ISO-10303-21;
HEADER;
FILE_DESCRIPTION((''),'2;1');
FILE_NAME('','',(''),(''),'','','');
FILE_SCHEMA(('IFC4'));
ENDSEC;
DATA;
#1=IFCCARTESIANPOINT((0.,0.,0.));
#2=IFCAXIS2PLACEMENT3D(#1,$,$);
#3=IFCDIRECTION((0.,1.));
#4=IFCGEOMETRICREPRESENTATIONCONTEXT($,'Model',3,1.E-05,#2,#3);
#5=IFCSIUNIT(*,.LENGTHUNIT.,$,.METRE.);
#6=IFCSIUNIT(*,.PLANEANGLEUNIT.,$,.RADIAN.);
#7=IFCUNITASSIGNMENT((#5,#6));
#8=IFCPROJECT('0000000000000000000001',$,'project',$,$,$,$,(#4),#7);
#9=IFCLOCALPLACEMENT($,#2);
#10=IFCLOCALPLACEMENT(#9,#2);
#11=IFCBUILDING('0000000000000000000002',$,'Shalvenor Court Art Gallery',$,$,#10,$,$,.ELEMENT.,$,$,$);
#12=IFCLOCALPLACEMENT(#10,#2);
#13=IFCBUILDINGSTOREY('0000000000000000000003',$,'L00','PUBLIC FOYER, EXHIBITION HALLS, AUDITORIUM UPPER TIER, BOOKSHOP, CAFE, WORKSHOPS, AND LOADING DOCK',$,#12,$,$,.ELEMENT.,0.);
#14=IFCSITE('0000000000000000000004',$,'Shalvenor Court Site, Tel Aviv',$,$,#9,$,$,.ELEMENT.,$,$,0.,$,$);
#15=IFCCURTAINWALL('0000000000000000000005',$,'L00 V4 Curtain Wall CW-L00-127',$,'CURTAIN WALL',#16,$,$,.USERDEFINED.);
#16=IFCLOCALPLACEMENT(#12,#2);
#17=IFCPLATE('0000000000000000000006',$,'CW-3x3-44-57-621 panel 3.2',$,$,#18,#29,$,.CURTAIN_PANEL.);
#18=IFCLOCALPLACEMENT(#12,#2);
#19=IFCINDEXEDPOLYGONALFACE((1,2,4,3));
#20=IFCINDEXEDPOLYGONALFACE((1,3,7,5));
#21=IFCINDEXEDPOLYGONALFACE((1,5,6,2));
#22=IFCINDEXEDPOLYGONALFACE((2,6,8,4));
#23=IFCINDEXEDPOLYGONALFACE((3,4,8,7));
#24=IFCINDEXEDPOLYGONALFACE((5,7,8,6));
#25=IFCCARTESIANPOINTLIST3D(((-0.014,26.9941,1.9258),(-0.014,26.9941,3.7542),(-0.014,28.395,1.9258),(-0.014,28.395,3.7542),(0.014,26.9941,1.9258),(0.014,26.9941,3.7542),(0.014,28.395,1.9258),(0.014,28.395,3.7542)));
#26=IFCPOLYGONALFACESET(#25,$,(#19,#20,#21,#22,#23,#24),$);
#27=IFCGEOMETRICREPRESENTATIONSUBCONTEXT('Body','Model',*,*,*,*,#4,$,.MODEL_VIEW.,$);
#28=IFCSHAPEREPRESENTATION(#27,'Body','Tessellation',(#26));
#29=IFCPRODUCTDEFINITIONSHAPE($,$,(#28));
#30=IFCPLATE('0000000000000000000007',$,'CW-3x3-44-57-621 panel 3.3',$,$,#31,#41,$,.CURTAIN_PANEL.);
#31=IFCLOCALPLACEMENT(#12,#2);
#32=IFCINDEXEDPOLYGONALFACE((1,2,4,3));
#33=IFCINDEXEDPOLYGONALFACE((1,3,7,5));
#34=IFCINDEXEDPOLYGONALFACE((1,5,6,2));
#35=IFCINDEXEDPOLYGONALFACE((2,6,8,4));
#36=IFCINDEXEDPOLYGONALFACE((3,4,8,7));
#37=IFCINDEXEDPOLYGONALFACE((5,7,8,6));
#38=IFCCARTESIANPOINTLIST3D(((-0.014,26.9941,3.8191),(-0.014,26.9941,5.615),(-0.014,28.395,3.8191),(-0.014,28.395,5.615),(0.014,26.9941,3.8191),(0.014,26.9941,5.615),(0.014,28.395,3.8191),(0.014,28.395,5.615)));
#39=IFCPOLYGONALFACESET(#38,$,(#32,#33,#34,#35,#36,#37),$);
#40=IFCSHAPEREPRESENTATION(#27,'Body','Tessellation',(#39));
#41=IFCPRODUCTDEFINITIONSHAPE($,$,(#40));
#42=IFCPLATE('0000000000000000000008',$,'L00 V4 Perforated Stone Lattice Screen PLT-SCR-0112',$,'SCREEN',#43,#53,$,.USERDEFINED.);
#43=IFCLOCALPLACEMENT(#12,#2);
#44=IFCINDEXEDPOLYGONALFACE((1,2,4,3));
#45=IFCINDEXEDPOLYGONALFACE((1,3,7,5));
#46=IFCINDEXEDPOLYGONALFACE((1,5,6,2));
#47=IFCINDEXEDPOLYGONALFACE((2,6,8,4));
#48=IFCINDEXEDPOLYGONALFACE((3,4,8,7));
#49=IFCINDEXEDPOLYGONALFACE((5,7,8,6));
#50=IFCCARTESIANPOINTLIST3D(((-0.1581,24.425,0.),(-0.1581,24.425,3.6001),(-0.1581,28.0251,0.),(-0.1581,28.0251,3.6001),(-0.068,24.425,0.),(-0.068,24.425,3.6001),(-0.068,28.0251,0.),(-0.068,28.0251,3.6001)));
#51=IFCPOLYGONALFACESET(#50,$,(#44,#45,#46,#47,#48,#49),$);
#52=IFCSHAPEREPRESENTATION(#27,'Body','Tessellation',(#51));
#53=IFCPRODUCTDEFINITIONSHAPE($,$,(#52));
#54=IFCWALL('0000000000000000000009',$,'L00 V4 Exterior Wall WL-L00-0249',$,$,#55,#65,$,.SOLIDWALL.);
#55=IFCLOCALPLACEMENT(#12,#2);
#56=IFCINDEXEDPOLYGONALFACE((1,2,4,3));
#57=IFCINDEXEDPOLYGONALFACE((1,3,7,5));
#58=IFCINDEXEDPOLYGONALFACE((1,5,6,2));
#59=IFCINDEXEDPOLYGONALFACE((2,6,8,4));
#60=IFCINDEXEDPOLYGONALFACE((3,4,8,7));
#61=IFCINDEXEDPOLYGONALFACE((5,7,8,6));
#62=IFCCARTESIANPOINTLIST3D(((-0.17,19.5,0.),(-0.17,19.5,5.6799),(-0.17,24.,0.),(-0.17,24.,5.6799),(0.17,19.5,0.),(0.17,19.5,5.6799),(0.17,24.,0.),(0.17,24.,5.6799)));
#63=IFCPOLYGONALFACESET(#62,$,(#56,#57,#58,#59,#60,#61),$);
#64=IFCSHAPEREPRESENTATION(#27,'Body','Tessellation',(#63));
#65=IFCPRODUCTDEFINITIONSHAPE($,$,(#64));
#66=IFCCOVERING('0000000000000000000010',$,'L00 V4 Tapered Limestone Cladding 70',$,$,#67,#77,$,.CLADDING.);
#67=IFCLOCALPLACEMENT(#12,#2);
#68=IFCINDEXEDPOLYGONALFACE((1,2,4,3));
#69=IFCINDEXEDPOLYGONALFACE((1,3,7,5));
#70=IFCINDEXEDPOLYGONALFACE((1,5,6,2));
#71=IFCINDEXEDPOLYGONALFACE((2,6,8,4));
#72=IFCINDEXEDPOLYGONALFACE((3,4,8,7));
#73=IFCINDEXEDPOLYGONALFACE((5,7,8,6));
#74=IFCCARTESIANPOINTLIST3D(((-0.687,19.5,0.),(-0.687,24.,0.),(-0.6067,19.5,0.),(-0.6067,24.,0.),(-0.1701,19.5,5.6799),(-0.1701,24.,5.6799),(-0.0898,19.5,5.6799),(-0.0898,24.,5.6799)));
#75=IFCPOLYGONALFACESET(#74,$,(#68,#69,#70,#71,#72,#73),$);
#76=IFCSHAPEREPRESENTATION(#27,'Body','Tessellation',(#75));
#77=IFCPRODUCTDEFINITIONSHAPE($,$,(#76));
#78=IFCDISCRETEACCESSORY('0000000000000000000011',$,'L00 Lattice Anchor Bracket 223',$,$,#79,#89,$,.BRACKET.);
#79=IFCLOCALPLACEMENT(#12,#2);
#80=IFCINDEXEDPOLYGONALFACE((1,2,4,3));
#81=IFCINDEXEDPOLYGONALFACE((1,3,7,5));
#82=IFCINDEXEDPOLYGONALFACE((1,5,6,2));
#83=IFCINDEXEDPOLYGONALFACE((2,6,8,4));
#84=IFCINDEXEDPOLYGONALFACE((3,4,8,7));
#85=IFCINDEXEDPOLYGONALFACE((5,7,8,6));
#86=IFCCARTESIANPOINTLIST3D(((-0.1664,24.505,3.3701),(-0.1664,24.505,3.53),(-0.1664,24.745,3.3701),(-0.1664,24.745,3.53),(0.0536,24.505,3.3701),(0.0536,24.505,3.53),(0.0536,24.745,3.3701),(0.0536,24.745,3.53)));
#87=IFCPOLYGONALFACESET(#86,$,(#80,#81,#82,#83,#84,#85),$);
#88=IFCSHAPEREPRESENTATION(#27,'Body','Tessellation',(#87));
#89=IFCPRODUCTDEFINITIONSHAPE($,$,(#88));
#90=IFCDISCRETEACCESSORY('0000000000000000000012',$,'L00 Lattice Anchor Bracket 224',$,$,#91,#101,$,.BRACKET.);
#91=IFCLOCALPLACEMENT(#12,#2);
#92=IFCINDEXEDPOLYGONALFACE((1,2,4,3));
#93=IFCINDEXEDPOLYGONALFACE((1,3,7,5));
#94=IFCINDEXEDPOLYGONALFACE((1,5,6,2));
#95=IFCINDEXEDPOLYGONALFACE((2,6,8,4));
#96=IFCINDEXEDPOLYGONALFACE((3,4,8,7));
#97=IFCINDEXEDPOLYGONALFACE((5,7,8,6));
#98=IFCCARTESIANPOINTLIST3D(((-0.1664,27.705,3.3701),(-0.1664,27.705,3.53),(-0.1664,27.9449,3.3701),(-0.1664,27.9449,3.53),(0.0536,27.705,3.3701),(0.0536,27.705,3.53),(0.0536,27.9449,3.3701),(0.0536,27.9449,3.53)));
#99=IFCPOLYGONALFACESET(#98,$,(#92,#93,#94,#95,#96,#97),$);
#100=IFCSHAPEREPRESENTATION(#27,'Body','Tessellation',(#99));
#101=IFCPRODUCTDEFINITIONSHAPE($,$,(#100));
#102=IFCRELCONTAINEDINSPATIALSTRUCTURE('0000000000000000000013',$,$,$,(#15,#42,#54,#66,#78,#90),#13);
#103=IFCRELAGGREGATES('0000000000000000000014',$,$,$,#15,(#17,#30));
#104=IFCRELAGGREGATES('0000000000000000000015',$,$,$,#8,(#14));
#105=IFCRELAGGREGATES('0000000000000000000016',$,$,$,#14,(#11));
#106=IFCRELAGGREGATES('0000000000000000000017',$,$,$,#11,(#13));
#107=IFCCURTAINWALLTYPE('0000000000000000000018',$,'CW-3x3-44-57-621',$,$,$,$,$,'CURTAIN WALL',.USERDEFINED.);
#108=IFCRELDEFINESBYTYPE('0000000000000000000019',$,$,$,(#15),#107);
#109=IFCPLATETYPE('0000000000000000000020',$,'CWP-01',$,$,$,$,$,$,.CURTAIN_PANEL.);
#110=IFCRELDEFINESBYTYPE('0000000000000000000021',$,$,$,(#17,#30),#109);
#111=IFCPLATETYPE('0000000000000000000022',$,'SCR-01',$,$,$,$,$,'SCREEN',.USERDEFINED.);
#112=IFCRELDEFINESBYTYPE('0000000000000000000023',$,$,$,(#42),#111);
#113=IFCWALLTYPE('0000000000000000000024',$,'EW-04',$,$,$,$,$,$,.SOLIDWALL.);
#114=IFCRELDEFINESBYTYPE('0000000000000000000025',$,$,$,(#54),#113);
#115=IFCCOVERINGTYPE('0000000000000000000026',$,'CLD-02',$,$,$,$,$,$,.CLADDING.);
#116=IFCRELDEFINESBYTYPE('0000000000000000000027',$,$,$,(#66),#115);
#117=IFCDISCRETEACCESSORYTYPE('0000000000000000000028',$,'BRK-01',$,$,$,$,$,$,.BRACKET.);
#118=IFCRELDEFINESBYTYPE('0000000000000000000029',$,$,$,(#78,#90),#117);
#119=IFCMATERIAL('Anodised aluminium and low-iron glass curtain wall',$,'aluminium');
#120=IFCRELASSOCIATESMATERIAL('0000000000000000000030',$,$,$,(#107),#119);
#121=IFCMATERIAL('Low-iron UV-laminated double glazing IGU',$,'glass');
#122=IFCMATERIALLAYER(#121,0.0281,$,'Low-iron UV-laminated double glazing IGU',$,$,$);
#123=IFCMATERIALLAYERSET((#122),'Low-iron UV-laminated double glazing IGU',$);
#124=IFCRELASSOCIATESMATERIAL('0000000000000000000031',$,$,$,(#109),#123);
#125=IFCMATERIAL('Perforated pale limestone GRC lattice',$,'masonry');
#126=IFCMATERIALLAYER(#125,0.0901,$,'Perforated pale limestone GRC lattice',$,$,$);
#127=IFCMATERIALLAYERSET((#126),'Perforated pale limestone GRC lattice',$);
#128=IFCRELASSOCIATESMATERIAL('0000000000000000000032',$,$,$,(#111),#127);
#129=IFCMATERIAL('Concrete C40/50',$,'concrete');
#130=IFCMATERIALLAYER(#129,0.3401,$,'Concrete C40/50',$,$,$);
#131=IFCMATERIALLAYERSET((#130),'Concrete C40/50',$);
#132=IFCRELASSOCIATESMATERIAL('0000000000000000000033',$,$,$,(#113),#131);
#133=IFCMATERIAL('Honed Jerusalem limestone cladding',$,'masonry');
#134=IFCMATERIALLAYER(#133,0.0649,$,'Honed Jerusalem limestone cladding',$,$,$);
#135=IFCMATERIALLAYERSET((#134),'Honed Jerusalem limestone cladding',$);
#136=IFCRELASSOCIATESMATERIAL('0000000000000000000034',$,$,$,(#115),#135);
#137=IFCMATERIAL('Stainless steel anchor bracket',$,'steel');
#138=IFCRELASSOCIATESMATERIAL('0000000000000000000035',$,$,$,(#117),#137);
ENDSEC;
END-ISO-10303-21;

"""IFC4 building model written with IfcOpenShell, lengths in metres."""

from ifc_helpers import new_model, si_unit, direction, frame, frame_2d, origin, origin_2d, place, context, subcontext, project, spatial, polyline, rectangle, outline, extrude, material, layer, layer_set, type_object, element, aggregate, save


model = new_model("IFC4")

# Units and contexts
model_context = context("Model", 3, precision=1e-05, world=origin(), true_north=direction((0.0, 1.0)))
body_context = subcontext(model_context, "Body", "Model", "MODEL_VIEW")
ifc_project = project(units=[si_unit("LENGTHUNIT", "METRE"), si_unit("PLANEANGLEUNIT", "RADIAN")], contexts=[model_context])

# Site, building, storey
site_placement = place(None, origin())
site = spatial("IfcSite", under=ifc_project, at=site_placement, Name="Shalvenor Court Site, Tel Aviv", CompositionType="ELEMENT", RefElevation=0.0)
building_placement = place(site_placement, origin())
building = spatial("IfcBuilding", under=site, at=building_placement, Name="Shalvenor Court Art Gallery", CompositionType="ELEMENT")
storey_placement = place(building_placement, origin())
storey = spatial("IfcBuildingStorey", under=building, at=storey_placement, Name="L00", Description="PUBLIC FOYER, EXHIBITION HALLS, AUDITORIUM UPPER TIER, BOOKSHOP, CAFE, WORKSHOPS, AND LOADING DOCK", CompositionType="ELEMENT", Elevation=0.0)

# Curtain wall
ifc_material_1 = material(Name="Anodised aluminium and low-iron glass curtain wall", Category="aluminium")
curtain_wall_type_1 = type_object("IfcCurtainWallType", Name="CW-3x3-44-57-621", ElementType="CURTAIN WALL", PredefinedType="USERDEFINED", material=ifc_material_1)
curtain_wall_1_placement = place(storey_placement, origin())
curtain_wall_1 = element("IfcCurtainWall", 1, at=curtain_wall_1_placement, inside=storey, type_object=curtain_wall_type_1, Name="L00 V4 Curtain Wall CW-L00-127", ObjectType="CURTAIN WALL", PredefinedType="USERDEFINED")

# Plates
ifc_material_2 = material(Name="Low-iron UV-laminated double glazing IGU", Category="glass")
ifc_layer_1 = layer(ifc_material_2, 0.0281, Name="Low-iron UV-laminated double glazing IGU")
ifc_layer_set_1 = layer_set([ifc_layer_1], Name="Low-iron UV-laminated double glazing IGU")
plate_type_1 = type_object("IfcPlateType", Name="CWP-01", PredefinedType="CURTAIN_PANEL", material=ifc_layer_set_1)
plate_1_placement = place(storey_placement, frame((0.0, 27.6946, 1.9258), z_axis=(0.0, 0.0, 1.0), x_axis=(0.0, 1.0, 0.0)))
plate_1 = element("IfcPlate", 2, at=plate_1_placement, type_object=plate_type_1, Name="CW-3x3-44-57-621 panel 3.2", PredefinedType="CURTAIN_PANEL", context=body_context, shape_type="SweptSolid", body=[
    extrude(rectangle(XDim=1.4009, YDim=0.0281, at=origin_2d()), origin(), (0.0, 0.0, 1.0), 1.8284),
])
plate_2_placement = place(storey_placement, frame((0.0, 27.6946, 3.8191), z_axis=(0.0, 0.0, 1.0), x_axis=(0.0, 1.0, 0.0)))
plate_2 = element("IfcPlate", 3, at=plate_2_placement, type_object=plate_type_1, Name="CW-3x3-44-57-621 panel 3.3", PredefinedType="CURTAIN_PANEL", context=body_context, shape_type="SweptSolid", body=[
    extrude(rectangle(XDim=1.4009, YDim=0.0281, at=origin_2d()), origin(), (0.0, 0.0, 1.0), 1.7959),
])
aggregate(curtain_wall_1, [plate_1, plate_2])
ifc_material_3 = material(Name="Perforated pale limestone GRC lattice", Category="masonry")
ifc_layer_2 = layer(ifc_material_3, 0.0901, Name="Perforated pale limestone GRC lattice")
ifc_layer_set_2 = layer_set([ifc_layer_2], Name="Perforated pale limestone GRC lattice")
plate_type_2 = type_object("IfcPlateType", Name="SCR-01", ElementType="SCREEN", PredefinedType="USERDEFINED", material=ifc_layer_set_2)
plate_3_placement = place(storey_placement, frame((-0.113, 26.2251, 0.0), z_axis=(0.0, 0.0, 1.0), x_axis=(0.0, 1.0, 0.0)))
element("IfcPlate", 4, at=plate_3_placement, inside=storey, type_object=plate_type_2, Name="L00 V4 Perforated Stone Lattice Screen PLT-SCR-0112", ObjectType="SCREEN", PredefinedType="USERDEFINED", context=body_context, shape_type="SweptSolid", body=[
    extrude(rectangle(XDim=3.6001, YDim=0.0901, at=origin_2d()), origin(), (0.0, 0.0, 1.0), 3.6001),
])

# Wall
ifc_material_4 = material(Name="Concrete C40/50", Category="concrete")
ifc_layer_3 = layer(ifc_material_4, 0.3401, Name="Concrete C40/50")
ifc_layer_set_3 = layer_set([ifc_layer_3], Name="Concrete C40/50")
wall_type = type_object("IfcWallType", Name="EW-04", PredefinedType="SOLIDWALL", material=ifc_layer_set_3)
wall_placement = place(storey_placement, frame((0.0, 19.5, 0.0), z_axis=(0.0, 0.0, 1.0), x_axis=(0.0, 1.0, 0.0)))
element("IfcWall", 5, at=wall_placement, inside=storey, type_object=wall_type, Name="L00 V4 Exterior Wall WL-L00-0249", PredefinedType="SOLIDWALL", context=body_context, shape_type="SweptSolid", body=[
    extrude(rectangle(XDim=4.5, YDim=0.3401, at=frame_2d((2.25, 0.0))), origin(), (0.0, 0.0, 1.0), 5.6799),
])

# Covering
ifc_material_5 = material(Name="Honed Jerusalem limestone cladding", Category="masonry")
ifc_layer_4 = layer(ifc_material_5, 0.0649, Name="Honed Jerusalem limestone cladding")
ifc_layer_set_4 = layer_set([ifc_layer_4], Name="Honed Jerusalem limestone cladding")
covering_type = type_object("IfcCoveringType", Name="CLD-02", PredefinedType="CLADDING", material=ifc_layer_set_4)
covering_placement = place(storey_placement, frame((-0.687, 24.0, 0.0), z_axis=(0.0, 0.0, 1.0), x_axis=(0.0, -1.0, 0.0)))
element("IfcCovering", 6, at=covering_placement, inside=storey, type_object=covering_type, Name="L00 V4 Tapered Limestone Cladding 70", PredefinedType="CLADDING", context=body_context, shape_type="SweptSolid", body=[
    extrude(outline(polyline([(0.0, 0.0), (4.5, 0.0), (4.5, 5.7034), (0.0, 5.7034), (0.0, 0.0)])), frame((0.0, 0.0, 0.0), z_axis=(0.0, -0.995884, 0.090633), x_axis=(1.0, 0.0, 0.0)), (0.0, 0.090633, -0.995884), 0.0803),
])

# Discrete accessories
ifc_material_6 = material(Name="Stainless steel anchor bracket", Category="steel")
discrete_accessory_type = type_object("IfcDiscreteAccessoryType", Name="BRK-01", PredefinedType="BRACKET", material=ifc_material_6)
for number, where, z_axis, x_axis, name in (
    (7, (-0.0564, 24.625, 3.3701), (0.0, 0.0, 1.0), (0.0, 1.0, 0.0), "L00 Lattice Anchor Bracket 223"),
    (8, (-0.0564, 27.825, 3.3701), (0.0, 0.0, 1.0), (0.0, 1.0, 0.0), "L00 Lattice Anchor Bracket 224"),
):
    element("IfcDiscreteAccessory", number, at=place(storey_placement, frame(where, z_axis=z_axis, x_axis=x_axis)), inside=storey, type_object=discrete_accessory_type, Name=name, PredefinedType="BRACKET", context=body_context, shape_type="SweptSolid", body=[
        extrude(rectangle(XDim=0.24, YDim=0.22, at=origin_2d()), origin(), (0.0, 0.0, 1.0), 0.1599),
    ])

save(model, "model.ifc")
